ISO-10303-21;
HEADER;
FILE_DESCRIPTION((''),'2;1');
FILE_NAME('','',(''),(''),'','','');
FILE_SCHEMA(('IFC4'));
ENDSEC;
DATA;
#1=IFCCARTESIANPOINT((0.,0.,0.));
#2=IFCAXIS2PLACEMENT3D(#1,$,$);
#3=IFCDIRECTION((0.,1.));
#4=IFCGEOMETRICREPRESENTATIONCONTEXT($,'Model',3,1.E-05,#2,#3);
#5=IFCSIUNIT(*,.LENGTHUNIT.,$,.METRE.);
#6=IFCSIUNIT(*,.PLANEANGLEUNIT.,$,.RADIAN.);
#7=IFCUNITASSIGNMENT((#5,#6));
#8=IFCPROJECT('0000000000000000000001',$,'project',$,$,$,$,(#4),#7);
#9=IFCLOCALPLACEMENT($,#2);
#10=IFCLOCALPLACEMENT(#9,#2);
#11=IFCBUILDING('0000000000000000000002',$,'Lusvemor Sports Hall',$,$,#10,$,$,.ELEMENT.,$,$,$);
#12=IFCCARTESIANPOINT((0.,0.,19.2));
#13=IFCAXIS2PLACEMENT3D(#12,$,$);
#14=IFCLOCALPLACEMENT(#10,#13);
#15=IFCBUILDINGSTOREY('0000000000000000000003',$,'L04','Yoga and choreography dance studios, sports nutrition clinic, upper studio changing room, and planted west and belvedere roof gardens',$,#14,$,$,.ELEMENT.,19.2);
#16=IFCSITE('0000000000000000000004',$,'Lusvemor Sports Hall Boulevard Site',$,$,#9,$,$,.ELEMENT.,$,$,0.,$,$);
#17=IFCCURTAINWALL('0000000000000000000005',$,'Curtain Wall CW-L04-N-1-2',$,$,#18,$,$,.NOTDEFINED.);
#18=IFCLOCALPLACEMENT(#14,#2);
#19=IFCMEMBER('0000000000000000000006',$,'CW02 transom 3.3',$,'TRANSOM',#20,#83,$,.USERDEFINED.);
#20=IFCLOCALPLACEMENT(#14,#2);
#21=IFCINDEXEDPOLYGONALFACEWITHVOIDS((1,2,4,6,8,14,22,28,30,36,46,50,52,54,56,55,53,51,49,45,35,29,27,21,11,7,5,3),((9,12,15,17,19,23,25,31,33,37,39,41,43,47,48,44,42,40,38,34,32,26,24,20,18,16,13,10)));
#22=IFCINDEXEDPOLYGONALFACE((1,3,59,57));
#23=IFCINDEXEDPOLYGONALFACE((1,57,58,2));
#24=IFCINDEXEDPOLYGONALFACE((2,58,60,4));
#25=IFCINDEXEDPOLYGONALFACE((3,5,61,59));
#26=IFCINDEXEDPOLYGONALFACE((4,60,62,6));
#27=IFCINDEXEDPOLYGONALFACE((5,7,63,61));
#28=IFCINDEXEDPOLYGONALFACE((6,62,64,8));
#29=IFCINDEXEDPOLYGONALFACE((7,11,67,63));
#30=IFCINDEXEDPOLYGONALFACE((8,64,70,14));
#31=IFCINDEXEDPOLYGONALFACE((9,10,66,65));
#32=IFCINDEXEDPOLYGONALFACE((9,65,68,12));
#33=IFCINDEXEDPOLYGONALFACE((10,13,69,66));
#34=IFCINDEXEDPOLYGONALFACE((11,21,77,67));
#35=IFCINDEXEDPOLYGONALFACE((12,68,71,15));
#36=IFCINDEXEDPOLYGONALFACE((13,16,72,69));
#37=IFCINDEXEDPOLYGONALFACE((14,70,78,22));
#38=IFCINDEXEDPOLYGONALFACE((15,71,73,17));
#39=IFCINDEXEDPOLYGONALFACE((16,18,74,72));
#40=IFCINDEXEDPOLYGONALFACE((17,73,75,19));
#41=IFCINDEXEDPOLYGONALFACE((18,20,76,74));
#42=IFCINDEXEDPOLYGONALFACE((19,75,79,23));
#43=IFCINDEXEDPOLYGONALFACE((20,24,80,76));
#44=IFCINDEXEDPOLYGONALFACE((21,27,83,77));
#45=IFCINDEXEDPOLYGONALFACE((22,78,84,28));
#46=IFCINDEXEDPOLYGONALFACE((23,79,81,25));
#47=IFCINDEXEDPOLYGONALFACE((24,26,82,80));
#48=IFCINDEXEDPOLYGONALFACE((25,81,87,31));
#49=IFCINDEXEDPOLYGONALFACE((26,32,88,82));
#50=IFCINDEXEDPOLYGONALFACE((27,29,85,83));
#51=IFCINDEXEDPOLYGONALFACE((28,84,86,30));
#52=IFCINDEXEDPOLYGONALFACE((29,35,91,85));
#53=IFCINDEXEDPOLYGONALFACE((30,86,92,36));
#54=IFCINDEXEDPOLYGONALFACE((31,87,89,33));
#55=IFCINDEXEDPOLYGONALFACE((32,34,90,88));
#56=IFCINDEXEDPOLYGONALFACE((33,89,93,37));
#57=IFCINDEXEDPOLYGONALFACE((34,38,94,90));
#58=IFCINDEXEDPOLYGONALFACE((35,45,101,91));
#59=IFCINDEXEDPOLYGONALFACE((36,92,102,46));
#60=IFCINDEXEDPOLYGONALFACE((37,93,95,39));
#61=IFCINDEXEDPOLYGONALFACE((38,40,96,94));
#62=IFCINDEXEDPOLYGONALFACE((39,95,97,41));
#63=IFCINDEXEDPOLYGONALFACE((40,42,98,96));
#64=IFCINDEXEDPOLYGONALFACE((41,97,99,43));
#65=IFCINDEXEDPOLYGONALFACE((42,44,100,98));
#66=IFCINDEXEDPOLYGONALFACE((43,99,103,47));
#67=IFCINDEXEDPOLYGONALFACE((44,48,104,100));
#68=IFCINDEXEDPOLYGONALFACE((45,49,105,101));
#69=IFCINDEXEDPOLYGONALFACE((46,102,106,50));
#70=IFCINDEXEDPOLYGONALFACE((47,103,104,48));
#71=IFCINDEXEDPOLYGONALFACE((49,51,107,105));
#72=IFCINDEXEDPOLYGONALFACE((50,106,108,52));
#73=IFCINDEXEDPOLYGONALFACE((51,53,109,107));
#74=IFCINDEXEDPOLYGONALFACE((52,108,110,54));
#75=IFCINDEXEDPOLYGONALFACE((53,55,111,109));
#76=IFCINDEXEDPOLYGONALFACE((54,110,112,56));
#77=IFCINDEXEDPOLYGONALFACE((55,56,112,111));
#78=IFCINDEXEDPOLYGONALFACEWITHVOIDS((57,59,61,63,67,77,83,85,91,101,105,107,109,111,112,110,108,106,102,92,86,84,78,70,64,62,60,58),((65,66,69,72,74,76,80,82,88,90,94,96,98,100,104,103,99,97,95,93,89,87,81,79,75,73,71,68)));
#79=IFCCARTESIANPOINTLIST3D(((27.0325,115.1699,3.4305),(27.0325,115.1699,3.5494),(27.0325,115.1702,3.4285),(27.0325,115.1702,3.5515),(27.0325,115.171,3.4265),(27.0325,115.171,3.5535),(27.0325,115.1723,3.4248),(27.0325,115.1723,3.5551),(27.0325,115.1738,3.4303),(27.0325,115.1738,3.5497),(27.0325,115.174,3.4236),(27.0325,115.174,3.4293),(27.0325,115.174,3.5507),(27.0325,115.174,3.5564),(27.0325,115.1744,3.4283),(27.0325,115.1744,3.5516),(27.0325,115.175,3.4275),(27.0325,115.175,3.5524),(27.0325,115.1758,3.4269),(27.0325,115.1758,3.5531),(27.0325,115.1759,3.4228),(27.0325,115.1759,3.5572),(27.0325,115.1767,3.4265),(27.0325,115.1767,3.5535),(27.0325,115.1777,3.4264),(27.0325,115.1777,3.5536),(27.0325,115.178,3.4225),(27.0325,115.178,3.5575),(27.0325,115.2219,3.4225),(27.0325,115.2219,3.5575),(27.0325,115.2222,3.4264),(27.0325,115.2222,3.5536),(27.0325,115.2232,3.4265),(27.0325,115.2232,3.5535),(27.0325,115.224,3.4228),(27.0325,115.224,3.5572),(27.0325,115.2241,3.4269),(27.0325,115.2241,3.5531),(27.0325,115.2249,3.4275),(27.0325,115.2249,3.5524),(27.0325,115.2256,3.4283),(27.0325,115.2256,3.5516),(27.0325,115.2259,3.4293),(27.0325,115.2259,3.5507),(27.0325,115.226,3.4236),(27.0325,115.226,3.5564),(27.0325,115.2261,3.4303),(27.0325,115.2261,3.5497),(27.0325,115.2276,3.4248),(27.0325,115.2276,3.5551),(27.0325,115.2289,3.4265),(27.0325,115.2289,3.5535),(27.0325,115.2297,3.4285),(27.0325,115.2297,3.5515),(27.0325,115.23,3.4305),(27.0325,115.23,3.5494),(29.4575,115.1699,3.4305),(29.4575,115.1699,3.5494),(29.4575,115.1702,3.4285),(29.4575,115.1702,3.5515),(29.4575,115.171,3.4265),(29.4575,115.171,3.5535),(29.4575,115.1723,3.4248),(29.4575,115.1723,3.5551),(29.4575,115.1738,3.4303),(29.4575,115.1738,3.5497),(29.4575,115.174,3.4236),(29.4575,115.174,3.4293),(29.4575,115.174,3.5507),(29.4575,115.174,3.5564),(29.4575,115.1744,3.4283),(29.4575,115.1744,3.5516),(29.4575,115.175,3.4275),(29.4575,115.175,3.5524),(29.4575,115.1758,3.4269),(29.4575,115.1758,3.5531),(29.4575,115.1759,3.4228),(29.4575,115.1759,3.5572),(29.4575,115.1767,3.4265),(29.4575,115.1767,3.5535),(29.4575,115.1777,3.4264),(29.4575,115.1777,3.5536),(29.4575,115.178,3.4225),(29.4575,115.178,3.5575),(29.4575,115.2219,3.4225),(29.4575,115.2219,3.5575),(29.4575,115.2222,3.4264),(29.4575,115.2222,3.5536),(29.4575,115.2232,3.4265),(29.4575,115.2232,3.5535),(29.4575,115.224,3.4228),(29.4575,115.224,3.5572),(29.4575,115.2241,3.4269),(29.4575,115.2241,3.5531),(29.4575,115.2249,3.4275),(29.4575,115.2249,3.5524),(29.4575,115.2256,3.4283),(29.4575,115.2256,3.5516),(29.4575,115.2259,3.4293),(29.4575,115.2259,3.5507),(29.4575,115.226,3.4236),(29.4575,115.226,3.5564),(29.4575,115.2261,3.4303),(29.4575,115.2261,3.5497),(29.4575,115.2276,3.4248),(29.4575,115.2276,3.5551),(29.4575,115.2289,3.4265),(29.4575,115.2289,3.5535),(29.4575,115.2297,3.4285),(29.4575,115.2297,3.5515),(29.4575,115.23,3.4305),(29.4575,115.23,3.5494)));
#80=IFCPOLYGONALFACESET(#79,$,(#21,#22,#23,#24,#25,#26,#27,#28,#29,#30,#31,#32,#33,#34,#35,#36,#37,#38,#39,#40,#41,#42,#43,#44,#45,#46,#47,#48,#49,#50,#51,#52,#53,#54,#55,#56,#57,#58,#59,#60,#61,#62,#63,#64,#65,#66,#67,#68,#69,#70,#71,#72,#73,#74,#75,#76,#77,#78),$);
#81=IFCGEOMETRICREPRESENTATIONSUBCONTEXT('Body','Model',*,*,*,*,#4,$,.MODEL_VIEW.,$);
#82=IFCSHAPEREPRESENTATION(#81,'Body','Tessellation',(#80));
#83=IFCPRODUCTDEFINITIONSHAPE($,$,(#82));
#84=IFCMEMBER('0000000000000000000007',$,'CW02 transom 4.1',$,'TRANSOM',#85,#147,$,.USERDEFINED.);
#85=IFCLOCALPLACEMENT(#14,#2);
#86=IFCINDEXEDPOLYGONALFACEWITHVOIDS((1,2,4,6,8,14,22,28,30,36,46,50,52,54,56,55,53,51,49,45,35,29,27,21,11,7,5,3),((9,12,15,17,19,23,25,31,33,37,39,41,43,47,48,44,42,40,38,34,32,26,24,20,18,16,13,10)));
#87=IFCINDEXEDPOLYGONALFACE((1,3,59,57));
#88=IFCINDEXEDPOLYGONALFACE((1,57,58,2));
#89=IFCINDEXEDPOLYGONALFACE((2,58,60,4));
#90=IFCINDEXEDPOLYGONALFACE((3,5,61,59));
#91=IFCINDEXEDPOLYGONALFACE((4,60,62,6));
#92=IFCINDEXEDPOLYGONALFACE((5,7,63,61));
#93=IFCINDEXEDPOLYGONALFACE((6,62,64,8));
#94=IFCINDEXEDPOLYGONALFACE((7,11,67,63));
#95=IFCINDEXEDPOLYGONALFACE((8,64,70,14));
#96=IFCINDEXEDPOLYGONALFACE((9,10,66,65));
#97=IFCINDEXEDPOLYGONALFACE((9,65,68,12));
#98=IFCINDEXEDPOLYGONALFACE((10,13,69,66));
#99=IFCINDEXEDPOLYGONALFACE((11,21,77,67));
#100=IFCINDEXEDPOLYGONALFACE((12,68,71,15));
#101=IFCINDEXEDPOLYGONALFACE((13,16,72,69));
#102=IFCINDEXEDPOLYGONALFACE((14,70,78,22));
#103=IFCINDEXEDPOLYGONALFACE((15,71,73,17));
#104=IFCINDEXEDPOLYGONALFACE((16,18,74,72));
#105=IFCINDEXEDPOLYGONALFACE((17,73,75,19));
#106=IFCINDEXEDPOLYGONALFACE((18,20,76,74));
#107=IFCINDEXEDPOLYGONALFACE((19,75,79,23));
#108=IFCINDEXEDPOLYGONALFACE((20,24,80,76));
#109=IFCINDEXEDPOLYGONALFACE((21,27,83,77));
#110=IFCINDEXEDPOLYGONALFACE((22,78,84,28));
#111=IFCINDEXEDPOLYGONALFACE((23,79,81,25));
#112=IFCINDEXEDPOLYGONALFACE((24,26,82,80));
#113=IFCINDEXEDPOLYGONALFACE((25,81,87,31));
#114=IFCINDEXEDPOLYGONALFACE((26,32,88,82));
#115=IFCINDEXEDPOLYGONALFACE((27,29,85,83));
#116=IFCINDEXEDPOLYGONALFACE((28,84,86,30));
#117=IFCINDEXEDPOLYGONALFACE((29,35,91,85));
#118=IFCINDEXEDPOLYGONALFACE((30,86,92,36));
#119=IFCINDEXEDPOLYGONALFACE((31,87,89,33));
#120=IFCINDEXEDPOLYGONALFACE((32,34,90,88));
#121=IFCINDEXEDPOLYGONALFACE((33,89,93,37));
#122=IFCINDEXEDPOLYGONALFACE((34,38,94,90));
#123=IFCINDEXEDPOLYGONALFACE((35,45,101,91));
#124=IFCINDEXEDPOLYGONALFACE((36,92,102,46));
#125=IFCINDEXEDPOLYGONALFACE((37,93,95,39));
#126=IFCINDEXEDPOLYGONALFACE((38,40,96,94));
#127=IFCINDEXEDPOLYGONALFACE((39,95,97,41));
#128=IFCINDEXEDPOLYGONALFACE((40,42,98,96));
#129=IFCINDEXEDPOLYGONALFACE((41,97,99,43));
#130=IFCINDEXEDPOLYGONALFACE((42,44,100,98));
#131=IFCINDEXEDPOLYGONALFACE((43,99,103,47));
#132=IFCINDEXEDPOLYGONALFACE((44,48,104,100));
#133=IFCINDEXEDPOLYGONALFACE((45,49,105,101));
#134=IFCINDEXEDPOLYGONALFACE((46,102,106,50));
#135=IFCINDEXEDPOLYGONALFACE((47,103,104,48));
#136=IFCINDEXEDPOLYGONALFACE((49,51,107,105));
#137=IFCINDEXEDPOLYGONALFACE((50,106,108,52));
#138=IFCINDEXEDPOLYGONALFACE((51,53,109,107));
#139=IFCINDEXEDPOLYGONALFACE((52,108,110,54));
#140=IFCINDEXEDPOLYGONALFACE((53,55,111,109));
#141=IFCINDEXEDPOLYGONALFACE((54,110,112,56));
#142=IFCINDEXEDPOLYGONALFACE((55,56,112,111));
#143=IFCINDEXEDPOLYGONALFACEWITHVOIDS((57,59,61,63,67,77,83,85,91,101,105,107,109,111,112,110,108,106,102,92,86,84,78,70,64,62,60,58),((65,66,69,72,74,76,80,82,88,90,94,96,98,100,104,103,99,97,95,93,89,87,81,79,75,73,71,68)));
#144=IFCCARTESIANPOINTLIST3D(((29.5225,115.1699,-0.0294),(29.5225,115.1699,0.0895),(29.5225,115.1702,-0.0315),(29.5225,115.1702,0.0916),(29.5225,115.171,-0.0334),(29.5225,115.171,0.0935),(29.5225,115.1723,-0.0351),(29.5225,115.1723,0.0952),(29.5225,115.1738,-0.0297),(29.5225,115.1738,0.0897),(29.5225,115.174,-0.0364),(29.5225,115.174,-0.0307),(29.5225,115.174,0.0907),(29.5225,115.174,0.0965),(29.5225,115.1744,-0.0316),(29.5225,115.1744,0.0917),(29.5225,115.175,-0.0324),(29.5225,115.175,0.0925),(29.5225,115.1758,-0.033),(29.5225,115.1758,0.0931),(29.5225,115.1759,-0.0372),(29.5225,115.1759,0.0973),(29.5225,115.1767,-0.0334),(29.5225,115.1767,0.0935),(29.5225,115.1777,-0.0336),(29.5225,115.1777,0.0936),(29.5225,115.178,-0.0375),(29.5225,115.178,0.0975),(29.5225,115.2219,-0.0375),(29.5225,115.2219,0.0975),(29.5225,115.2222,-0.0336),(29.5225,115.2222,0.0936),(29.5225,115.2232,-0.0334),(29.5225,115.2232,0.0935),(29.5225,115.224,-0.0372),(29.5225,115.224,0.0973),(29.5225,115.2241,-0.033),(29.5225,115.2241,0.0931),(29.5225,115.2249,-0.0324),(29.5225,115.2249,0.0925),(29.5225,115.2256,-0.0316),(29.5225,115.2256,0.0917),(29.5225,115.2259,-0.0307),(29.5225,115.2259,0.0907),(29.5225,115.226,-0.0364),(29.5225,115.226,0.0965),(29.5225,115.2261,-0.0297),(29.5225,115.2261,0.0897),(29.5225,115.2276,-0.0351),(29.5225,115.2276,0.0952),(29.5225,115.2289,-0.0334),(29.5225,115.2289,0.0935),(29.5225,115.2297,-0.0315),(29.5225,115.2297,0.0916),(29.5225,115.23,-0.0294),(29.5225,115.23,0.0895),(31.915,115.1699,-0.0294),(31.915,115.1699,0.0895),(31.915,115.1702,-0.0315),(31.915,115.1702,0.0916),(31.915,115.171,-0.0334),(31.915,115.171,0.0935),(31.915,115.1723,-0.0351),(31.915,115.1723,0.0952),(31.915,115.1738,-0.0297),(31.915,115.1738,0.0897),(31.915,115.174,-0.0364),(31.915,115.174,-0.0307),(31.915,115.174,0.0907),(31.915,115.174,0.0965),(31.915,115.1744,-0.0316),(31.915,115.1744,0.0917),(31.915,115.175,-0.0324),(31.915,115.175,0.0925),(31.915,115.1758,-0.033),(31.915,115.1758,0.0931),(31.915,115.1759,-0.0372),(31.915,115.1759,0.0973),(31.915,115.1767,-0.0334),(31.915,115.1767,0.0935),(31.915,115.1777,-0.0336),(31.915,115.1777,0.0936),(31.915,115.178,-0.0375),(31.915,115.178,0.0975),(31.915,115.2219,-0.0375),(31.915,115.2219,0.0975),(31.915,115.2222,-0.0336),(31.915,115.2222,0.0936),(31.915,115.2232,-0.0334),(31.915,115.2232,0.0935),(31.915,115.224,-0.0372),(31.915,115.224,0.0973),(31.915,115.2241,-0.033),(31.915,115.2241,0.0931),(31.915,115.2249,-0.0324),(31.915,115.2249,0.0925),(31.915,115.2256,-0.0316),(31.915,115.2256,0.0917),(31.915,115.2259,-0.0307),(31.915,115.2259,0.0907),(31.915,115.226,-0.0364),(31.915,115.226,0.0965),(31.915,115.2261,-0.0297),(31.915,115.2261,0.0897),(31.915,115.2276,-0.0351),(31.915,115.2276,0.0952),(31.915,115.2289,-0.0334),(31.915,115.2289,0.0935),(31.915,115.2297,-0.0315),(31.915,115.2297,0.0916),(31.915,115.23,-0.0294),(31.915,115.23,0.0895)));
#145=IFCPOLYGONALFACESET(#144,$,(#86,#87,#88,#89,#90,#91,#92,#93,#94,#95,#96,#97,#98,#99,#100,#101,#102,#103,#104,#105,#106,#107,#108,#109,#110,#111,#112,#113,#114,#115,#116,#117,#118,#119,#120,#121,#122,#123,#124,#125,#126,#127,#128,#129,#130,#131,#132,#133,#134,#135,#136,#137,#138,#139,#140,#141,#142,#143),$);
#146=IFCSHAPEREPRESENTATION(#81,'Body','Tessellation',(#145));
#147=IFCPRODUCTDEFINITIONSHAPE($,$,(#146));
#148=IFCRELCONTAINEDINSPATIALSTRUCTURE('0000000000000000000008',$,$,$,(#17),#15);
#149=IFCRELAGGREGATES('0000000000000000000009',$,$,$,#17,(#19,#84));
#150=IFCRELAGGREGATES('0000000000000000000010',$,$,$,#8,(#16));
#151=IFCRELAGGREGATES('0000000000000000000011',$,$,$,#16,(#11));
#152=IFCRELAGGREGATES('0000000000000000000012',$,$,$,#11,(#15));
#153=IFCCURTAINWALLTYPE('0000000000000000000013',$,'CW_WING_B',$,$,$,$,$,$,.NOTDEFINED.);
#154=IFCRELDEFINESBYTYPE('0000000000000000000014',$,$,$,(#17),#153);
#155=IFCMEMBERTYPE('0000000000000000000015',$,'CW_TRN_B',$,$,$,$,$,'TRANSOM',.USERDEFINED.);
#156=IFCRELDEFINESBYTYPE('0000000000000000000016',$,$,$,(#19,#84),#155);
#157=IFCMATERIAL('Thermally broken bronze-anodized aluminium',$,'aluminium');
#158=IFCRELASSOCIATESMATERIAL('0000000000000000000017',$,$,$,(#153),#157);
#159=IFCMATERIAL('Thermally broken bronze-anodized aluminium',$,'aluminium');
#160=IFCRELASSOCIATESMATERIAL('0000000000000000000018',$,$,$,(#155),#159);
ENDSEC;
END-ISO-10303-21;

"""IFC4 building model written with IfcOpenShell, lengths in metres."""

from ifc_helpers import new_model, si_unit, direction, frame, origin, origin_2d, place, context, subcontext, project, spatial, hollow_rectangle, extrude, material, material_profile, profile_set, type_object, element, aggregate, save


model = new_model("IFC4")

# Units and contexts
model_context = context("Model", 3, precision=1e-05, world=origin(), true_north=direction((0.0, 1.0)))
body_context = subcontext(model_context, "Body", "Model", "MODEL_VIEW")
ifc_project = project(units=[si_unit("LENGTHUNIT", "METRE"), si_unit("PLANEANGLEUNIT", "RADIAN")], contexts=[model_context])

# Site, building, storey
site_placement = place(None, origin())
site = spatial("IfcSite", under=ifc_project, at=site_placement, Name="Lusvemor Sports Hall Boulevard Site", CompositionType="ELEMENT", RefElevation=0.0)
building_placement = place(site_placement, origin())
building = spatial("IfcBuilding", under=site, at=building_placement, Name="Lusvemor Sports Hall", CompositionType="ELEMENT")
storey_placement = place(building_placement, frame((0.0, 0.0, 19.2)))
storey = spatial("IfcBuildingStorey", under=building, at=storey_placement, Name="L04", Description="Yoga and choreography dance studios, sports nutrition clinic, upper studio changing room, and planted west and belvedere roof gardens", CompositionType="ELEMENT", Elevation=19.2)

# Curtain wall
ifc_material_1 = material(Name="Thermally broken bronze-anodized aluminium", Category="aluminium")
curtain_wall_type_1 = type_object("IfcCurtainWallType", Name="CW_WING_B", PredefinedType="NOTDEFINED", material=ifc_material_1)
curtain_wall_1_placement = place(storey_placement, origin())
curtain_wall_1 = element("IfcCurtainWall", 1, at=curtain_wall_1_placement, inside=storey, type_object=curtain_wall_type_1, Name="Curtain Wall CW-L04-N-1-2", PredefinedType="NOTDEFINED")

# Members
ifc_material_2 = material(Name="Thermally broken bronze-anodized aluminium", Category="aluminium")
ifc_material_profile_1 = material_profile(ifc_material_2, hollow_rectangle(XDim=0.0601, YDim=0.135, WallThickness=0.0039, InnerFilletRadius=0.0039, OuterFilletRadius=0.0081, at=origin_2d()), Name="CWTRN135x60x4")
ifc_profile_set_1 = profile_set([ifc_material_profile_1], Name="Thermally broken bronze-anodized aluminium")
member_type_1 = type_object("IfcMemberType", Name="CW_TRN_B", ElementType="TRANSOM", PredefinedType="USERDEFINED", material=ifc_profile_set_1)
member_1_placement = place(storey_placement, frame((27.0325, 115.2, 3.49), z_axis=(1.0, 0.0, 0.0), x_axis=(0.0, 1.0, 0.0)))
member_1 = element("IfcMember", 2, at=member_1_placement, type_object=member_type_1, Name="CW02 transom 3.3", ObjectType="TRANSOM", PredefinedType="USERDEFINED", context=body_context, shape_type="SweptSolid", body=[
    extrude(hollow_rectangle(XDim=0.0601, YDim=0.135, WallThickness=0.0039, InnerFilletRadius=0.0039, OuterFilletRadius=0.0081, at=origin_2d()), origin(), (0.0, 0.0, 1.0), 2.425),
])
member_2_placement = place(storey_placement, frame((29.5225, 115.2, 0.03), z_axis=(1.0, 0.0, 0.0), x_axis=(0.0, 1.0, 0.0)))
member_2 = element("IfcMember", 3, at=member_2_placement, type_object=member_type_1, Name="CW02 transom 4.1", ObjectType="TRANSOM", PredefinedType="USERDEFINED", context=body_context, shape_type="SweptSolid", body=[
    extrude(hollow_rectangle(XDim=0.0601, YDim=0.135, WallThickness=0.0039, InnerFilletRadius=0.0039, OuterFilletRadius=0.0081, at=origin_2d()), origin(), (0.0, 0.0, 1.0), 2.3926),
])

aggregate(curtain_wall_1, [member_1, member_2])

save(model, "model.ifc")
